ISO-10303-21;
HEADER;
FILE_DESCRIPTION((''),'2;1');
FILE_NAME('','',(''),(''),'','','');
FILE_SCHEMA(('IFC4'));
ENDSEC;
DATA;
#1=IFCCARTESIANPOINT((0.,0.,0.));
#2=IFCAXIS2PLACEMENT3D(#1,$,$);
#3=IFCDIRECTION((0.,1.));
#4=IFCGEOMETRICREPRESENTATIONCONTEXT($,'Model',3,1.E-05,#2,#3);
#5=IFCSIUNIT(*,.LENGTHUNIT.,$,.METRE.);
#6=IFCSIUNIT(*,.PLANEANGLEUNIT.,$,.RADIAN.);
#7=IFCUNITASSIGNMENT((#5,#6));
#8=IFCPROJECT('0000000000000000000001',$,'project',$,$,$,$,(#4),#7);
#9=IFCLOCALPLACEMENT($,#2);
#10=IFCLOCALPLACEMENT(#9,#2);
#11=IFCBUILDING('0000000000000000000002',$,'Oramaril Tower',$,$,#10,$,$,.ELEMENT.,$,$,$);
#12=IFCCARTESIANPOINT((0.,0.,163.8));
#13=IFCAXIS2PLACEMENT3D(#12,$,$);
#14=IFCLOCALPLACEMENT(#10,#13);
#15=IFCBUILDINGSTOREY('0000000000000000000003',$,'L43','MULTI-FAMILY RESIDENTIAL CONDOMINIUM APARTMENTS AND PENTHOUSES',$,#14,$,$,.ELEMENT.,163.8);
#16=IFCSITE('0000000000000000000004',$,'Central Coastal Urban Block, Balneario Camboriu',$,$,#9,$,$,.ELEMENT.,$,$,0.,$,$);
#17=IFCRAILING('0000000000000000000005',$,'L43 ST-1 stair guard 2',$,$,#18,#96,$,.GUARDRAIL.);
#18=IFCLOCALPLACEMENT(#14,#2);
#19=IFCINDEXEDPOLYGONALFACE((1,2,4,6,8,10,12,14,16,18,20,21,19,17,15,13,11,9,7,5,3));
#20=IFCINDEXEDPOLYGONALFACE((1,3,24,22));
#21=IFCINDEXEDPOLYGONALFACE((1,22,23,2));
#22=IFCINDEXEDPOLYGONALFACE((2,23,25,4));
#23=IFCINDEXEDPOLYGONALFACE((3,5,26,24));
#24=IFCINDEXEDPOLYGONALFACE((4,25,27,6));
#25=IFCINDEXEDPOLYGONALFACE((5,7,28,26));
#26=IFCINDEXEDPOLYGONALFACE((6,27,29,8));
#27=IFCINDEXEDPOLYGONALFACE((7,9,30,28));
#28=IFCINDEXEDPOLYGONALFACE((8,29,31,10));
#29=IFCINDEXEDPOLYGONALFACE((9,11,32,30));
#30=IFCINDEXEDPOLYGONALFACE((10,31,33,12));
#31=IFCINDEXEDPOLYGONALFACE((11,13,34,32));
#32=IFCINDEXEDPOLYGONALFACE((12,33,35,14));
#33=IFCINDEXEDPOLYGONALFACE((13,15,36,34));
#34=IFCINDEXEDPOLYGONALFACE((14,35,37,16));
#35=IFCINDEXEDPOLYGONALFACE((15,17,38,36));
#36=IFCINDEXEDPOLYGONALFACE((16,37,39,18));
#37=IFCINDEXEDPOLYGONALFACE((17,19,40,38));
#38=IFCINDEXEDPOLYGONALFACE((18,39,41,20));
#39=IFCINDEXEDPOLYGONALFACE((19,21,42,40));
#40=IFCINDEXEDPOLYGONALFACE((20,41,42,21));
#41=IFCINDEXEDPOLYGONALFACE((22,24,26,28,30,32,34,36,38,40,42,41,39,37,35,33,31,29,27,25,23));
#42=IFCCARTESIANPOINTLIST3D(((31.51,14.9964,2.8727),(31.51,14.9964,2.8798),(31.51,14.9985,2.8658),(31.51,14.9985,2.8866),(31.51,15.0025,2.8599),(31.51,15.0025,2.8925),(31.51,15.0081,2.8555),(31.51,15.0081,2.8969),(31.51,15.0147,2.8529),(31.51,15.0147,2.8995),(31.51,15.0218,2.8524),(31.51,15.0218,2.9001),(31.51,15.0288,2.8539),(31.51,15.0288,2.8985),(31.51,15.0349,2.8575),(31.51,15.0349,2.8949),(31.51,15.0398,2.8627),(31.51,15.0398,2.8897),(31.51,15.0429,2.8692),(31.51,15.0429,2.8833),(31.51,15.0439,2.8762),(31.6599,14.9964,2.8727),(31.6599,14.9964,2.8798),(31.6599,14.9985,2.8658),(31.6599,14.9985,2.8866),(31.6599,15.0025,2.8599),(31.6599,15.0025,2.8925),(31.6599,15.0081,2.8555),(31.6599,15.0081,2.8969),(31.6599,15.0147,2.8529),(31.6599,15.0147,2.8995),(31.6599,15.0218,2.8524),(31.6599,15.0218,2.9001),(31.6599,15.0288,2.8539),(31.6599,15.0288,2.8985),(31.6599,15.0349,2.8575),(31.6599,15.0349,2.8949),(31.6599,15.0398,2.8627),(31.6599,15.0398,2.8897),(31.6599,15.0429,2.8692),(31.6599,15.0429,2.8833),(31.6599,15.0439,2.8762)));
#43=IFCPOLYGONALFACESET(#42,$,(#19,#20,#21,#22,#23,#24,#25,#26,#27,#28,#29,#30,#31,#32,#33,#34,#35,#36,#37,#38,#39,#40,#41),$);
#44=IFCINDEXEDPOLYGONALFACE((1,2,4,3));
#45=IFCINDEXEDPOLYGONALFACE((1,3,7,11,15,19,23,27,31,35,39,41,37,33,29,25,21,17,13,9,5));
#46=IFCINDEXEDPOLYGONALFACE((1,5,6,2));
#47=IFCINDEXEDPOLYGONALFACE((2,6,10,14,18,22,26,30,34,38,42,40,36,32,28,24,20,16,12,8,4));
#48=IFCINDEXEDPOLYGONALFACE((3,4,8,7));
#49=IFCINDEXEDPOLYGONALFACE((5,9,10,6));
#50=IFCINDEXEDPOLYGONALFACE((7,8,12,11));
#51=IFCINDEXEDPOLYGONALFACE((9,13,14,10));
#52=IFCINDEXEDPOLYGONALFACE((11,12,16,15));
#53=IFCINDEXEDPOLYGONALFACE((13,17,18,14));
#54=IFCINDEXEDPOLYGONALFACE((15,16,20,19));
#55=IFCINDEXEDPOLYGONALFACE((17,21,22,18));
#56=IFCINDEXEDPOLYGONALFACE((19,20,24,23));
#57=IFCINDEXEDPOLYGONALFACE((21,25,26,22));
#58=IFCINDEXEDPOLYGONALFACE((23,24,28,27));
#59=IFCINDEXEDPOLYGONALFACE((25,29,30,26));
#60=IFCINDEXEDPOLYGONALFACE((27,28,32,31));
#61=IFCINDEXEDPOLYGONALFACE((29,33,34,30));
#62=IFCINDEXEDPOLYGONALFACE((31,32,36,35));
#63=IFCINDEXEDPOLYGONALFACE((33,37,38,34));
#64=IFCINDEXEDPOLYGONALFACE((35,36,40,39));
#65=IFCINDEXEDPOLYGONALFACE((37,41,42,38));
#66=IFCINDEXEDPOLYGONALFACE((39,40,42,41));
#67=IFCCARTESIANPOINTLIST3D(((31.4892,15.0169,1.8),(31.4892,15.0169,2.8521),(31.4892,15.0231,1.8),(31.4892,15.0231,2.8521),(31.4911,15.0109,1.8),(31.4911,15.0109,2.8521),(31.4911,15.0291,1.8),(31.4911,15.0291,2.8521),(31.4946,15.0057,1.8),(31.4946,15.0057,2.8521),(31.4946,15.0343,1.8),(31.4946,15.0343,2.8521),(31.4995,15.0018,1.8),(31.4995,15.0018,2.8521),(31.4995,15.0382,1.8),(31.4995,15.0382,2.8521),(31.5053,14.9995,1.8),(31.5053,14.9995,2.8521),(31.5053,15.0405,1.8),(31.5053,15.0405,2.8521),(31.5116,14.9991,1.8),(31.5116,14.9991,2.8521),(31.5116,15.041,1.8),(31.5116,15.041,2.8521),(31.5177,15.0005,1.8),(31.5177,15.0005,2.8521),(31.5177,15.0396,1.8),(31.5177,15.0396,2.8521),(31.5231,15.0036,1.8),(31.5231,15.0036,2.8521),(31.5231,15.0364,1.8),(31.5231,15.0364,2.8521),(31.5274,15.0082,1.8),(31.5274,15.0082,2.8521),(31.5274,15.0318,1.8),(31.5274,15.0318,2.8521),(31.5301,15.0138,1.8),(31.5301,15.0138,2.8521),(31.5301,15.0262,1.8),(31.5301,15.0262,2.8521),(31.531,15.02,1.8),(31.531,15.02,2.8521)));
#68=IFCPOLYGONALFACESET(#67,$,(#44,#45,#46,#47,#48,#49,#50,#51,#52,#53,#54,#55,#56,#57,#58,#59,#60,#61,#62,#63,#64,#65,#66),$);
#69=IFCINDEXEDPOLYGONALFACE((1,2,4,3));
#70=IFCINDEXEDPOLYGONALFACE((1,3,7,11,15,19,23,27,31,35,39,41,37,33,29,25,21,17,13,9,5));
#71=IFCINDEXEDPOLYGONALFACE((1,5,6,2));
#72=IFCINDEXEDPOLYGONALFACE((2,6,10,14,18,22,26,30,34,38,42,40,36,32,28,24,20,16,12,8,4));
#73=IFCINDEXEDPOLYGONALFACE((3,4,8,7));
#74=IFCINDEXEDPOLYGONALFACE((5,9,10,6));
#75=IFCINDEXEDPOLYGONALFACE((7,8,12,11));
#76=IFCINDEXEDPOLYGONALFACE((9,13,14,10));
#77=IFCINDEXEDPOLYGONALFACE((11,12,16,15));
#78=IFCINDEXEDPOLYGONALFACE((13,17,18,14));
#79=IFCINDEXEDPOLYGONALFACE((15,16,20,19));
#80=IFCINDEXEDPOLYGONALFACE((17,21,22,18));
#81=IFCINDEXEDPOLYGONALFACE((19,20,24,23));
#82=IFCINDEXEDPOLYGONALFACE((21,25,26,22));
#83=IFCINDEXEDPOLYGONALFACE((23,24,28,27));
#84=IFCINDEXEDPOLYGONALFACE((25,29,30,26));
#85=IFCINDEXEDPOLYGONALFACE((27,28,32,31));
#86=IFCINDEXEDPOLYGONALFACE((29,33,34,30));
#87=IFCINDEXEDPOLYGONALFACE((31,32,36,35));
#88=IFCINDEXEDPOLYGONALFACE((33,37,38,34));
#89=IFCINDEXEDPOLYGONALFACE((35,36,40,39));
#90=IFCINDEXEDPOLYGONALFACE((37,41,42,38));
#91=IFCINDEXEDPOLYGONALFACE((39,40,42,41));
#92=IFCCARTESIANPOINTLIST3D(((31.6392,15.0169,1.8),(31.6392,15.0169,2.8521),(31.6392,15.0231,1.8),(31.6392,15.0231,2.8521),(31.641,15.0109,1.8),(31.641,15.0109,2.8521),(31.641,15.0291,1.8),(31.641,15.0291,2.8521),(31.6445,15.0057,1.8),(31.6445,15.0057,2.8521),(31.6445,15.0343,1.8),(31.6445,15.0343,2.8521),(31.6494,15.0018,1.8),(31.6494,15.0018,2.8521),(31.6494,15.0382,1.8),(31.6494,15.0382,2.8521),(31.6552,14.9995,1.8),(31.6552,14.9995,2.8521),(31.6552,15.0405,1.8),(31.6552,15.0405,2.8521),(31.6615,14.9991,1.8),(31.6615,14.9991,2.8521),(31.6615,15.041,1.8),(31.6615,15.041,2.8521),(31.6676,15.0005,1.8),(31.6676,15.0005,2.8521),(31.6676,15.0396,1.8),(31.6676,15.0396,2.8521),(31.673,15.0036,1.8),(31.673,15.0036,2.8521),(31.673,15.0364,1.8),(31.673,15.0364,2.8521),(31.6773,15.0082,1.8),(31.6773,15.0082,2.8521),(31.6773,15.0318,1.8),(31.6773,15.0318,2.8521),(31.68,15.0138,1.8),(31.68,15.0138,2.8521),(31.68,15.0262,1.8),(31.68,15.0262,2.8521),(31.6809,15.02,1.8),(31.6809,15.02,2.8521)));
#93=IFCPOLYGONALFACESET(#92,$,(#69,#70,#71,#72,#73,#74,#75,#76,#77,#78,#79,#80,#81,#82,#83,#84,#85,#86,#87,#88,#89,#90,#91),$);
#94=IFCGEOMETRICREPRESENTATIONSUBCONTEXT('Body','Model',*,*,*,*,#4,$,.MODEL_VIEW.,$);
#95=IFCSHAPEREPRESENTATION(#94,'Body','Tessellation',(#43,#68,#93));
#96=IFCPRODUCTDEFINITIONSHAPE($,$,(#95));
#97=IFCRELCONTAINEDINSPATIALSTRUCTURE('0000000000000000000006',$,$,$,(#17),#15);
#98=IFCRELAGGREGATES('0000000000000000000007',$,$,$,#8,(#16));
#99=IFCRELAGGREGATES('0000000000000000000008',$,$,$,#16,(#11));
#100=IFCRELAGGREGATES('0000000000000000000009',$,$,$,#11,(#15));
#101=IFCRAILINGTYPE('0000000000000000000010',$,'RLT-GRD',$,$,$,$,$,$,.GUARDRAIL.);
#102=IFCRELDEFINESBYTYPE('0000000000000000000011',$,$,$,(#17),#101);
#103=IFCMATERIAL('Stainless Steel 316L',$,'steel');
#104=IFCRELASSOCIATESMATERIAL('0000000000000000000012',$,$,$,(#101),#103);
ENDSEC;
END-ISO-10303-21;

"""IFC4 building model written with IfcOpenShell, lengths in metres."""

from ifc_helpers import new_model, si_unit, direction, frame, origin, origin_2d, place, context, subcontext, project, spatial, circle, extrude, material, type_object, element, save


model = new_model("IFC4")

# Units and contexts
model_context = context("Model", 3, precision=1e-05, world=origin(), true_north=direction((0.0, 1.0)))
body_context = subcontext(model_context, "Body", "Model", "MODEL_VIEW")
ifc_project = project(units=[si_unit("LENGTHUNIT", "METRE"), si_unit("PLANEANGLEUNIT", "RADIAN")], contexts=[model_context])

# Site, building, storey
site_placement = place(None, origin())
site = spatial("IfcSite", under=ifc_project, at=site_placement, Name="Central Coastal Urban Block, Balneario Camboriu", CompositionType="ELEMENT", RefElevation=0.0)
building_placement = place(site_placement, origin())
building = spatial("IfcBuilding", under=site, at=building_placement, Name="Oramaril Tower", CompositionType="ELEMENT")
storey_placement = place(building_placement, frame((0.0, 0.0, 163.8)))
storey = spatial("IfcBuildingStorey", under=building, at=storey_placement, Name="L43", Description="MULTI-FAMILY RESIDENTIAL CONDOMINIUM APARTMENTS AND PENTHOUSES", CompositionType="ELEMENT", Elevation=163.8)

# Railing
ifc_material_1 = material(Name="Stainless Steel 316L", Category="steel")
railing_type_1 = type_object("IfcRailingType", Name="RLT-GRD", PredefinedType="GUARDRAIL", material=ifc_material_1)
railing_1_placement = place(storey_placement, frame((31.51, 15.02, 1.8)))
element("IfcRailing", 1, at=railing_1_placement, inside=storey, type_object=railing_type_1, Name="L43 ST-1 stair guard 2", PredefinedType="GUARDRAIL", context=body_context, shape_type="SweptSolid", body=[
    extrude(circle(Radius=0.0239, at=origin_2d()), frame((0.0, 0.0, 1.0762), z_axis=(1.0, 0.0, 0.0), x_axis=(0.0, 1.0, 0.0)), (0.0, 0.0, 1.0), 0.1499),
    extrude(circle(Radius=0.021, at=origin_2d()), origin(), (0.0, 0.0, 1.0), 1.052),
    extrude(circle(Radius=0.021, at=origin_2d()), frame((0.1499, 0.0, 0.0)), (0.0, 0.0, 1.0), 1.052),
])

save(model, "model.ifc")
